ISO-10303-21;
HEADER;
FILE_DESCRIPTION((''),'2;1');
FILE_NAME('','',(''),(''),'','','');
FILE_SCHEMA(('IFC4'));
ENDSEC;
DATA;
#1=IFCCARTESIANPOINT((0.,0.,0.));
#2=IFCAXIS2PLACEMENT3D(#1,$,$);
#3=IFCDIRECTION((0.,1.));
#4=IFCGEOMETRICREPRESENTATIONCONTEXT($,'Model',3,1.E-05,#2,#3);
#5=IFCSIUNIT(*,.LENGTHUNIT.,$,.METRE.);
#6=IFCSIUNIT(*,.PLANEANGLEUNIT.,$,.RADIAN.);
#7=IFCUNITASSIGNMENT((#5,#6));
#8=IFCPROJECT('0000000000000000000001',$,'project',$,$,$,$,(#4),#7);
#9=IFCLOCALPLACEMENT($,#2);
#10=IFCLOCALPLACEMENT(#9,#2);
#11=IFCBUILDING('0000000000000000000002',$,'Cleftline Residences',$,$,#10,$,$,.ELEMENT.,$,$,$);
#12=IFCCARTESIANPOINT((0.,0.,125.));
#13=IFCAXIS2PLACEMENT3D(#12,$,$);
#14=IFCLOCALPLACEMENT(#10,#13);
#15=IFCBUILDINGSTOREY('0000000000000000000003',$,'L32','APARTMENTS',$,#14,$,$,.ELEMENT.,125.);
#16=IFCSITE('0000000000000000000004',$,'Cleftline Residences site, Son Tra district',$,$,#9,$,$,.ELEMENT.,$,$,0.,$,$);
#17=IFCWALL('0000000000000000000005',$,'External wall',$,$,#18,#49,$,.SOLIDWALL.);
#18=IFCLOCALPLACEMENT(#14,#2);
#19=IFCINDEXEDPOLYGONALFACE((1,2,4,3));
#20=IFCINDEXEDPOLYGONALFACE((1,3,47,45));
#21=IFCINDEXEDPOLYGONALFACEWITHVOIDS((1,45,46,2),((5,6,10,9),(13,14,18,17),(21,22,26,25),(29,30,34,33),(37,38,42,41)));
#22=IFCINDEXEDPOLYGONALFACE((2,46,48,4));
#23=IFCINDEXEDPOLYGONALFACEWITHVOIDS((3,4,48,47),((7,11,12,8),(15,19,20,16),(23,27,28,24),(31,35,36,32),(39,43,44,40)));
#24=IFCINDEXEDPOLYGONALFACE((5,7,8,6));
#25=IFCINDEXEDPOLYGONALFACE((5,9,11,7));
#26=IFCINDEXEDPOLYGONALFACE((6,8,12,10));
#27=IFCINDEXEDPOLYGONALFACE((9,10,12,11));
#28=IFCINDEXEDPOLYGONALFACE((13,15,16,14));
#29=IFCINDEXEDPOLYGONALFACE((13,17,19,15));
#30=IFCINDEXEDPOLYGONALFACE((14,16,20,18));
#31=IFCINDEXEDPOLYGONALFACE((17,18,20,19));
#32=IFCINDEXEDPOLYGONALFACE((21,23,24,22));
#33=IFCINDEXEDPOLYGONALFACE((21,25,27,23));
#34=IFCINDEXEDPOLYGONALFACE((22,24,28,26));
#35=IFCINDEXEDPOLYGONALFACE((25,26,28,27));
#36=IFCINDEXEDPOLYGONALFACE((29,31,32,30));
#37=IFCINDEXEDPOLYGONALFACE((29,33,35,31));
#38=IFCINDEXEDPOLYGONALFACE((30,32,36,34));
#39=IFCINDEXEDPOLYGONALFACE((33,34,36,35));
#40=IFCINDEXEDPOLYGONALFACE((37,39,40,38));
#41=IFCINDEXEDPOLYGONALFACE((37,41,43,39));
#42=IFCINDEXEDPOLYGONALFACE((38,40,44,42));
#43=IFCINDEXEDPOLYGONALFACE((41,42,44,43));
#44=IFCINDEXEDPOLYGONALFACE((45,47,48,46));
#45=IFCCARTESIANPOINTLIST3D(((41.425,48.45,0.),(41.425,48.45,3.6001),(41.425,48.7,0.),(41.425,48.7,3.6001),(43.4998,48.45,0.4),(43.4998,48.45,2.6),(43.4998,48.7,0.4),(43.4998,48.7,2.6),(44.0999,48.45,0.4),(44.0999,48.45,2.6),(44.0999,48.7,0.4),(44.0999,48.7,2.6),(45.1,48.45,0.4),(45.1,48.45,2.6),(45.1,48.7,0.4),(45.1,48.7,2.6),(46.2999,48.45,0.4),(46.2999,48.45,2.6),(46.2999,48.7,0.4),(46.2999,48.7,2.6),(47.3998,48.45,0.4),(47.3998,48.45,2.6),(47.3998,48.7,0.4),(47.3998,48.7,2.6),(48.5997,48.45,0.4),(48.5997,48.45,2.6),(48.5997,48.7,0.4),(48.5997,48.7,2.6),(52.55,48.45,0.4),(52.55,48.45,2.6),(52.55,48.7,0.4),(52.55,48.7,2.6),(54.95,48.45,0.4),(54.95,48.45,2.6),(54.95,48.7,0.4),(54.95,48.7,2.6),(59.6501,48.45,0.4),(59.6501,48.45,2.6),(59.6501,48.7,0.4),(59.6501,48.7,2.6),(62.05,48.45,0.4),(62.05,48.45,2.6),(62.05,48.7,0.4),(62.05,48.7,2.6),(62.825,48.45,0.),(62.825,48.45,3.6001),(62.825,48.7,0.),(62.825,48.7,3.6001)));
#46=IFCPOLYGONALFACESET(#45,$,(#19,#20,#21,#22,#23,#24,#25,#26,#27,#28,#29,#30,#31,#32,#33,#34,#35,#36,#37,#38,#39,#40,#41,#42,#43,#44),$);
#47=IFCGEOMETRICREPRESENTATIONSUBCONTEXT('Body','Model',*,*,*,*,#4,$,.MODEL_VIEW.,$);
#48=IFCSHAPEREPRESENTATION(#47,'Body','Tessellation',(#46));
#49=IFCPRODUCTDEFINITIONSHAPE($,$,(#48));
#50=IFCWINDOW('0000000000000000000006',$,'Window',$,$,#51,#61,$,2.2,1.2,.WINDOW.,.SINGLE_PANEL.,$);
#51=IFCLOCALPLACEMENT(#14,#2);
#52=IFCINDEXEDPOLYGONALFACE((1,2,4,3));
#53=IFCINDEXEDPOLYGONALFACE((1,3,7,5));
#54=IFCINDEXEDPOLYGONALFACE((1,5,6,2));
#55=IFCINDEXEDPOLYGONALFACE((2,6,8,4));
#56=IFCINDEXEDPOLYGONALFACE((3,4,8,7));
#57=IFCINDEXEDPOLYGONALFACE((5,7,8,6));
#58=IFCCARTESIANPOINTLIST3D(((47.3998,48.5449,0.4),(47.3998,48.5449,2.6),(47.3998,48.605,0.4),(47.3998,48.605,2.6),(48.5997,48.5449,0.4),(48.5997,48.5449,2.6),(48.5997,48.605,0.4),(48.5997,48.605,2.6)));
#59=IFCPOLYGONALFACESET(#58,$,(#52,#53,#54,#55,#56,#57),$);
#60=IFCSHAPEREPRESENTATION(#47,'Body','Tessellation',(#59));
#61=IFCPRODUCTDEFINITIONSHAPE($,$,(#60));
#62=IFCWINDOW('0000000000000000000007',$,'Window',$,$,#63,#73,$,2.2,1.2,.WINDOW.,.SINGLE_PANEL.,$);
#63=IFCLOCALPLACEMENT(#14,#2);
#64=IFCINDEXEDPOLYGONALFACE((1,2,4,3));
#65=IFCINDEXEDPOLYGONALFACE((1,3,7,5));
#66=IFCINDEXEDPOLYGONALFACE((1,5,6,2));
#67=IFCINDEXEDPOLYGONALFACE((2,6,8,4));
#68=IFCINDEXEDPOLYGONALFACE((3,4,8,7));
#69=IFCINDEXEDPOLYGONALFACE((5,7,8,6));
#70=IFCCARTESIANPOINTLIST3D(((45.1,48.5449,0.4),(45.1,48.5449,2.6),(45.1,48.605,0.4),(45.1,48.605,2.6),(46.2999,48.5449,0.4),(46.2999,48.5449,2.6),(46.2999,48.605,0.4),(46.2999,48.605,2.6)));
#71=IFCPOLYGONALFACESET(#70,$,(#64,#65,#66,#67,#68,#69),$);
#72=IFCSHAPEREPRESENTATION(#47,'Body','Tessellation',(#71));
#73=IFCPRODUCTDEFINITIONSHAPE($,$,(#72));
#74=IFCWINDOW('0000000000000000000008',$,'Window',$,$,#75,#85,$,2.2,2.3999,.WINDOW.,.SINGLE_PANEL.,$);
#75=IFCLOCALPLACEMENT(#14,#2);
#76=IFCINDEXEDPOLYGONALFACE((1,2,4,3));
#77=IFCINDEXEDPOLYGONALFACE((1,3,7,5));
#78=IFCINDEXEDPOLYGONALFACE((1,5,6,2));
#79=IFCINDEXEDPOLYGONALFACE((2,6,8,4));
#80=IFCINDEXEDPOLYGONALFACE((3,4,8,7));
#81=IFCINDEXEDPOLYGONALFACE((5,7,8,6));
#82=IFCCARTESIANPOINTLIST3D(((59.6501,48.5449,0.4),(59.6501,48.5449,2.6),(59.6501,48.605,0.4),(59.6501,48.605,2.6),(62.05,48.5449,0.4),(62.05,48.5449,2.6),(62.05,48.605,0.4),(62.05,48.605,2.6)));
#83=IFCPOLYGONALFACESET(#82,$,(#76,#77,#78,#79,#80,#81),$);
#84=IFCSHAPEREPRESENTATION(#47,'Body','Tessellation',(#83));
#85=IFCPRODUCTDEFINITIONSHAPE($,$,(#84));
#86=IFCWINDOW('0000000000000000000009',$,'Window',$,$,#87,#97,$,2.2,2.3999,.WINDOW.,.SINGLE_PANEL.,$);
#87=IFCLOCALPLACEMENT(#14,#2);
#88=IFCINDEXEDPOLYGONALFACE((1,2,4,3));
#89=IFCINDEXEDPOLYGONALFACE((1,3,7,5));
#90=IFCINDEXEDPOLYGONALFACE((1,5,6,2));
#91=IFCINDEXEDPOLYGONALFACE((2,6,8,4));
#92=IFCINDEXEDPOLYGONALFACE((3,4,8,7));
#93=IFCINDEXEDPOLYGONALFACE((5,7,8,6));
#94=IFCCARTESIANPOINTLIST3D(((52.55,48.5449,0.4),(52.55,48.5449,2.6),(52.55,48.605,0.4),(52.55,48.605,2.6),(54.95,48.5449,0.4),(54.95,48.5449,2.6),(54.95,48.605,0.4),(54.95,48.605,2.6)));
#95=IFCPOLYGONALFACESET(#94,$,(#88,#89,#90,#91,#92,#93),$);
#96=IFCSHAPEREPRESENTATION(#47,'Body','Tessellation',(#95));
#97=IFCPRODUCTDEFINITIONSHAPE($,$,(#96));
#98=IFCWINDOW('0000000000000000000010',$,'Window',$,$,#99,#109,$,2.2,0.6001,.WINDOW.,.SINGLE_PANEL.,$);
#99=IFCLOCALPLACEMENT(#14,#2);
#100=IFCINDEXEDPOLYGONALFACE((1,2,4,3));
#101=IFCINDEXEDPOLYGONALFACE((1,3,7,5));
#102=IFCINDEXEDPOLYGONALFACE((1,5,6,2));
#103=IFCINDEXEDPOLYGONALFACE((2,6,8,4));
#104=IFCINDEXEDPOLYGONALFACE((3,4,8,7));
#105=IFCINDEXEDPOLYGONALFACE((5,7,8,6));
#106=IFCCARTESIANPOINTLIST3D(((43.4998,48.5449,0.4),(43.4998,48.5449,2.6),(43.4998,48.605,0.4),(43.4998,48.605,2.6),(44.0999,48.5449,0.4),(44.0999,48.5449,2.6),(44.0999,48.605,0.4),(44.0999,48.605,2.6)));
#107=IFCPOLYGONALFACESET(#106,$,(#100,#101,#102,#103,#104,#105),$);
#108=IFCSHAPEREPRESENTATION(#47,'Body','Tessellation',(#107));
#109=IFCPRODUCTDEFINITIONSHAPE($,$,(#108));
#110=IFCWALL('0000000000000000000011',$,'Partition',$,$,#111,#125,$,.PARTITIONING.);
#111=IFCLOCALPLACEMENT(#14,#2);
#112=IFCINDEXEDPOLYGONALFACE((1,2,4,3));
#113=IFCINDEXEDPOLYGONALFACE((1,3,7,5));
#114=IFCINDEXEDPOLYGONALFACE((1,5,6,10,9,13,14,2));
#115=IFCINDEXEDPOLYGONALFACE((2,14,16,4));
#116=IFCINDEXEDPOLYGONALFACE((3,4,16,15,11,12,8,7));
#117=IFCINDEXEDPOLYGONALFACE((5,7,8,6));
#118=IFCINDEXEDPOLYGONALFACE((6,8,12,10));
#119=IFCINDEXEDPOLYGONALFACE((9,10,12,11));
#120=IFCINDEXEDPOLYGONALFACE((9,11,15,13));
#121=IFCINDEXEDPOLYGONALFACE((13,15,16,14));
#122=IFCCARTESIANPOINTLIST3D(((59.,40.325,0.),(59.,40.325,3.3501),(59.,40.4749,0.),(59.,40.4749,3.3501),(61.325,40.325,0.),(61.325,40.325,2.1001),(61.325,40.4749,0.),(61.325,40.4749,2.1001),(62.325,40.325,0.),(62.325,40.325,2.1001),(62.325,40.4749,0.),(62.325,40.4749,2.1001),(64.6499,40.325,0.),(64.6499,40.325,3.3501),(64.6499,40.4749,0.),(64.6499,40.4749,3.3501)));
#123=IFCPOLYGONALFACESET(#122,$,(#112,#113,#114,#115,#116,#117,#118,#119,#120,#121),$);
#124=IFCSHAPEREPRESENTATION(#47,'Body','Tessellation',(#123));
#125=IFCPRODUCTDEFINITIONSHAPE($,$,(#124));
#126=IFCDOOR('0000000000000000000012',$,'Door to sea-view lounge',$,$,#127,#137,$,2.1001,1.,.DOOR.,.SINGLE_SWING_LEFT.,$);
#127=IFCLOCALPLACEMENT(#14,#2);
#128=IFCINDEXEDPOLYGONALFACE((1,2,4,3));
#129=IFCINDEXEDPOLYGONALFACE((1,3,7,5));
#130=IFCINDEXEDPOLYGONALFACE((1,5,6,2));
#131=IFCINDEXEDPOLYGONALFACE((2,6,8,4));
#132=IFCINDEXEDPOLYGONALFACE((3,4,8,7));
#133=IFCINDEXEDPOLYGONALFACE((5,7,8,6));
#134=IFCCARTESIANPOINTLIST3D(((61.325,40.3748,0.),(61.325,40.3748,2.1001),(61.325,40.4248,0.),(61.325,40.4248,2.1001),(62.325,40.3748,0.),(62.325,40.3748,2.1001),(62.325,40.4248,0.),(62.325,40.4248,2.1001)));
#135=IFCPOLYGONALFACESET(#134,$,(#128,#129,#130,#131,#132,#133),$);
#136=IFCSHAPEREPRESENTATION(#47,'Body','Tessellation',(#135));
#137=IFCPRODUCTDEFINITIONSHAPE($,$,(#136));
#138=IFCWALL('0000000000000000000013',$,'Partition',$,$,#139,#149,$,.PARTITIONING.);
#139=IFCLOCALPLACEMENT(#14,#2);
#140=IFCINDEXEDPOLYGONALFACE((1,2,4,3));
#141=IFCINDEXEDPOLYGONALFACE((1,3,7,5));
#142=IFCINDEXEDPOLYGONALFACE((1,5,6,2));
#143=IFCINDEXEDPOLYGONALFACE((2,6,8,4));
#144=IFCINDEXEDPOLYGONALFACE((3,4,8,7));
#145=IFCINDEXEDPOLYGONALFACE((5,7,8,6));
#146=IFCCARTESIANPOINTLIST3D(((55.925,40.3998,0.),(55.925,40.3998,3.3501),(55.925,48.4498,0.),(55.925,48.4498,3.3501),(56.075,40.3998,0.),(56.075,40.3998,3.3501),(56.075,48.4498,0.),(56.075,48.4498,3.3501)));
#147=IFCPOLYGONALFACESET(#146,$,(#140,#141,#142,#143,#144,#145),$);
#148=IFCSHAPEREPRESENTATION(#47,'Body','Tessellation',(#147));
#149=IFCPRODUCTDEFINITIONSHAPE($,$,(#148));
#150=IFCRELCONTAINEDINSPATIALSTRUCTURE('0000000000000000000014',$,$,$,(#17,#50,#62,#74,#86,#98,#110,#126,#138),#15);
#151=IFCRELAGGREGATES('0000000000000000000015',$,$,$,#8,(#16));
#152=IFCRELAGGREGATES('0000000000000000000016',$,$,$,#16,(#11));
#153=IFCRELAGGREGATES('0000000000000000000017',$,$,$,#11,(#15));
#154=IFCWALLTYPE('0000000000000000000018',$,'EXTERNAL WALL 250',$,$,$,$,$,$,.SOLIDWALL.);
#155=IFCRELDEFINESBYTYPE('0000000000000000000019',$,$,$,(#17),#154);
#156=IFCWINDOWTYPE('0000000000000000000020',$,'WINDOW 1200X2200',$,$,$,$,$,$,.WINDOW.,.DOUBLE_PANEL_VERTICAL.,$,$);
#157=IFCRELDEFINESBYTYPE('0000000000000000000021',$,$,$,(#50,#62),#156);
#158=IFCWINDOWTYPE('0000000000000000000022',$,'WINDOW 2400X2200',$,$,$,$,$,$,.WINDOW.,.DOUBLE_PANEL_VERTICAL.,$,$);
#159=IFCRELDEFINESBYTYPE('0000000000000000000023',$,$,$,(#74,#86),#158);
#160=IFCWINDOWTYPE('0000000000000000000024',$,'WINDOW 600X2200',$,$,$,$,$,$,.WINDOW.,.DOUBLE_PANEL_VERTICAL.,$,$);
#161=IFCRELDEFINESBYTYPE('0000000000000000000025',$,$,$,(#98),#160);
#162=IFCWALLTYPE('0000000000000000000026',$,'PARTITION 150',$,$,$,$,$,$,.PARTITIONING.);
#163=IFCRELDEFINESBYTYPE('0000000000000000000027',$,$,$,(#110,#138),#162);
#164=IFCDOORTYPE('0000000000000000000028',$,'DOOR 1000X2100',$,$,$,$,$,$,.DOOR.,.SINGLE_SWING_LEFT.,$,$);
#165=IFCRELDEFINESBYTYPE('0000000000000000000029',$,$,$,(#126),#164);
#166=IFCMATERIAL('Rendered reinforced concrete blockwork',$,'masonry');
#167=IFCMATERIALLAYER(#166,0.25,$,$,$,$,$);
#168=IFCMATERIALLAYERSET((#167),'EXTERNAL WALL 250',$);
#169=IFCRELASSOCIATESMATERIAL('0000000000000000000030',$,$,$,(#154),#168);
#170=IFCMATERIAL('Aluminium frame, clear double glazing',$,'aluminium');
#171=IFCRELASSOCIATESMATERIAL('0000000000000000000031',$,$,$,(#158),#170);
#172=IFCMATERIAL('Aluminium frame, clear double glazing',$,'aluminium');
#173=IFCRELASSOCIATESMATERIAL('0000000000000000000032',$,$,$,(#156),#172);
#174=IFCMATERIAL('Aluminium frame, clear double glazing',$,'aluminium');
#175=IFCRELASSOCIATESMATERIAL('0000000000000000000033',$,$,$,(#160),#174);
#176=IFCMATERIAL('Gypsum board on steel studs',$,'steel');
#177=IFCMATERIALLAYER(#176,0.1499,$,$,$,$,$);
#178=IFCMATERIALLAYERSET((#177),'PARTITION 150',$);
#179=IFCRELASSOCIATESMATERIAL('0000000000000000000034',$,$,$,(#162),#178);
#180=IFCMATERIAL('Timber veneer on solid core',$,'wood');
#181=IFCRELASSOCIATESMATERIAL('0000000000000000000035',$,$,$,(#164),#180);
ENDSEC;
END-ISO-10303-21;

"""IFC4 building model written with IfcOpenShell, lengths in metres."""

from ifc_helpers import new_model, si_unit, direction, frame, frame_2d, origin, place, context, subcontext, project, spatial, rectangle, extrude, material, layer, layer_set, type_object, element, fill, save


model = new_model("IFC4")

# Units and contexts
model_context = context("Model", 3, precision=1e-05, world=origin(), true_north=direction((0.0, 1.0)))
body_context = subcontext(model_context, "Body", "Model", "MODEL_VIEW")
ifc_project = project(units=[si_unit("LENGTHUNIT", "METRE"), si_unit("PLANEANGLEUNIT", "RADIAN")], contexts=[model_context])

# Site, building, storey
site_placement = place(None, origin())
site = spatial("IfcSite", under=ifc_project, at=site_placement, Name="Cleftline Residences site, Son Tra district", CompositionType="ELEMENT", RefElevation=0.0)
building_placement = place(site_placement, origin())
building = spatial("IfcBuilding", under=site, at=building_placement, Name="Cleftline Residences", CompositionType="ELEMENT")
storey_placement = place(building_placement, frame((0.0, 0.0, 125.0)))
storey = spatial("IfcBuildingStorey", under=building, at=storey_placement, Name="L32", Description="APARTMENTS", CompositionType="ELEMENT", Elevation=125.0)

# Shared definitions
ifc_material_1 = material(Name="Rendered reinforced concrete blockwork", Category="masonry")
ifc_layer_1 = layer(ifc_material_1, 0.25)
ifc_layer_set_1 = layer_set([ifc_layer_1], Name="EXTERNAL WALL 250")
wall_type_1 = type_object("IfcWallType", Name="EXTERNAL WALL 250", PredefinedType="SOLIDWALL", material=ifc_layer_set_1)
ifc_material_2 = material(Name="Aluminium frame, clear double glazing", Category="aluminium")
window_type_1 = type_object("IfcWindowType", Name="WINDOW 2400X2200", PartitioningType="DOUBLE_PANEL_VERTICAL", PredefinedType="WINDOW", material=ifc_material_2)

# Wall, openings, windows
wall_1_placement = place(storey_placement, frame((62.825, 48.575, 0.0), z_axis=(0.0, 0.0, 1.0), x_axis=(-1.0, 0.0, 0.0)))
wall_1 = element("IfcWall", 1, at=wall_1_placement, inside=storey, type_object=wall_type_1, Name="External wall", PredefinedType="SOLIDWALL", context=body_context, shape_type="SweptSolid", body=[
    extrude(rectangle(XDim=21.3999, YDim=0.25, at=frame_2d((10.7, 0.0))), origin(), (0.0, 0.0, 1.0), 3.6001),
])
opening_1_placement = place(wall_1_placement, frame((0.7749, 0.0, 0.3999)))
opening_1 = element("IfcOpeningElement", 2, at=opening_1_placement, cuts=wall_1, PredefinedType="OPENING", context=body_context, shape_type="SweptSolid", body=[
    extrude(rectangle(XDim=2.3999, YDim=2.2, at=frame_2d((1.2, 1.1001))), frame((0.0, 0.135, 0.0), z_axis=(0.0, -1.0, 0.0), x_axis=(1.0, 0.0, 0.0)), (0.0, 0.0, 1.0), 0.27),
])
opening_2_placement = place(wall_1_placement, frame((7.875, 0.0, 0.3999)))
opening_2 = element("IfcOpeningElement", 3, at=opening_2_placement, cuts=wall_1, PredefinedType="OPENING", context=body_context, shape_type="SweptSolid", body=[
    extrude(rectangle(XDim=2.3999, YDim=2.2, at=frame_2d((1.2, 1.1001))), frame((0.0, 0.135, 0.0), z_axis=(0.0, -1.0, 0.0), x_axis=(1.0, 0.0, 0.0)), (0.0, 0.0, 1.0), 0.27),
])
opening_3_placement = place(wall_1_placement, frame((14.2251, 0.0, 0.3999)))
opening_3 = element("IfcOpeningElement", 4, at=opening_3_placement, cuts=wall_1, PredefinedType="OPENING", context=body_context, shape_type="SweptSolid", body=[
    extrude(rectangle(XDim=1.2, YDim=2.2, at=frame_2d((0.6001, 1.1001))), frame((0.0, 0.135, 0.0), z_axis=(0.0, -1.0, 0.0), x_axis=(1.0, 0.0, 0.0)), (0.0, 0.0, 1.0), 0.27),
])
opening_4_placement = place(wall_1_placement, frame((16.5249, 0.0, 0.3999)))
opening_4 = element("IfcOpeningElement", 5, at=opening_4_placement, cuts=wall_1, PredefinedType="OPENING", context=body_context, shape_type="SweptSolid", body=[
    extrude(rectangle(XDim=1.2, YDim=2.2, at=frame_2d((0.6001, 1.1001))), frame((0.0, 0.135, 0.0), z_axis=(0.0, -1.0, 0.0), x_axis=(1.0, 0.0, 0.0)), (0.0, 0.0, 1.0), 0.27),
])
opening_5_placement = place(wall_1_placement, frame((18.7251, 0.0, 0.3999)))
opening_5 = element("IfcOpeningElement", 6, at=opening_5_placement, cuts=wall_1, PredefinedType="OPENING", context=body_context, shape_type="SweptSolid", body=[
    extrude(rectangle(XDim=0.6001, YDim=2.2, at=frame_2d((0.3, 1.1001))), frame((0.0, 0.135, 0.0), z_axis=(0.0, -1.0, 0.0), x_axis=(1.0, 0.0, 0.0)), (0.0, 0.0, 1.0), 0.27),
])
ifc_material_3 = material(Name="Aluminium frame, clear double glazing", Category="aluminium")
window_type_2 = type_object("IfcWindowType", Name="WINDOW 1200X2200", PartitioningType="DOUBLE_PANEL_VERTICAL", PredefinedType="WINDOW", material=ifc_material_3)
window_1_placement = place(opening_3_placement, origin())
window_1 = element("IfcWindow", 7, at=window_1_placement, inside=storey, type_object=window_type_2, Name="Window", OverallHeight=2.2, OverallWidth=1.2, PartitioningType="SINGLE_PANEL", PredefinedType="WINDOW", context=body_context, shape_type="SweptSolid", body=[
    extrude(rectangle(XDim=1.2, YDim=2.2, at=frame_2d((0.6001, 1.1001))), frame((0.0, 0.03, 0.0), z_axis=(0.0, -1.0, 0.0), x_axis=(1.0, 0.0, 0.0)), (0.0, 0.0, 1.0), 0.0601),
])
fill(opening_3, window_1)
window_2_placement = place(opening_4_placement, origin())
window_2 = element("IfcWindow", 8, at=window_2_placement, inside=storey, type_object=window_type_2, Name="Window", OverallHeight=2.2, OverallWidth=1.2, PartitioningType="SINGLE_PANEL", PredefinedType="WINDOW", context=body_context, shape_type="SweptSolid", body=[
    extrude(rectangle(XDim=1.2, YDim=2.2, at=frame_2d((0.6001, 1.1001))), frame((0.0, 0.03, 0.0), z_axis=(0.0, -1.0, 0.0), x_axis=(1.0, 0.0, 0.0)), (0.0, 0.0, 1.0), 0.0601),
])
fill(opening_4, window_2)
window_3_placement = place(opening_1_placement, origin())
window_3 = element("IfcWindow", 9, at=window_3_placement, inside=storey, type_object=window_type_1, Name="Window", OverallHeight=2.2, OverallWidth=2.3999, PartitioningType="SINGLE_PANEL", PredefinedType="WINDOW", context=body_context, shape_type="SweptSolid", body=[
    extrude(rectangle(XDim=2.3999, YDim=2.2, at=frame_2d((1.2, 1.1001))), frame((0.0, 0.03, 0.0), z_axis=(0.0, -1.0, 0.0), x_axis=(1.0, 0.0, 0.0)), (0.0, 0.0, 1.0), 0.0601),
])
fill(opening_1, window_3)
window_4_placement = place(opening_2_placement, origin())
window_4 = element("IfcWindow", 10, at=window_4_placement, inside=storey, type_object=window_type_1, Name="Window", OverallHeight=2.2, OverallWidth=2.3999, PartitioningType="SINGLE_PANEL", PredefinedType="WINDOW", context=body_context, shape_type="SweptSolid", body=[
    extrude(rectangle(XDim=2.3999, YDim=2.2, at=frame_2d((1.2, 1.1001))), frame((0.0, 0.03, 0.0), z_axis=(0.0, -1.0, 0.0), x_axis=(1.0, 0.0, 0.0)), (0.0, 0.0, 1.0), 0.0601),
])
fill(opening_2, window_4)
ifc_material_4 = material(Name="Aluminium frame, clear double glazing", Category="aluminium")
window_type_3 = type_object("IfcWindowType", Name="WINDOW 600X2200", PartitioningType="DOUBLE_PANEL_VERTICAL", PredefinedType="WINDOW", material=ifc_material_4)
window_5_placement = place(opening_5_placement, origin())
window_5 = element("IfcWindow", 11, at=window_5_placement, inside=storey, type_object=window_type_3, Name="Window", OverallHeight=2.2, OverallWidth=0.6001, PartitioningType="SINGLE_PANEL", PredefinedType="WINDOW", context=body_context, shape_type="SweptSolid", body=[
    extrude(rectangle(XDim=0.6001, YDim=2.2, at=frame_2d((0.3, 1.1001))), frame((0.0, 0.03, 0.0), z_axis=(0.0, -1.0, 0.0), x_axis=(1.0, 0.0, 0.0)), (0.0, 0.0, 1.0), 0.0601),
])
fill(opening_5, window_5)

# Wall, opening, door
ifc_material_5 = material(Name="Gypsum board on steel studs", Category="steel")
ifc_layer_2 = layer(ifc_material_5, 0.1499)
ifc_layer_set_2 = layer_set([ifc_layer_2], Name="PARTITION 150")
wall_type_2 = type_object("IfcWallType", Name="PARTITION 150", PredefinedType="PARTITIONING", material=ifc_layer_set_2)
wall_2_placement = place(storey_placement, frame((59.0, 40.3999, 0.0), z_axis=(0.0, 0.0, 1.0), x_axis=(1.0, 0.0, 0.0)))
wall_2 = element("IfcWall", 12, at=wall_2_placement, inside=storey, type_object=wall_type_2, Name="Partition", PredefinedType="PARTITIONING", context=body_context, shape_type="SweptSolid", body=[
    extrude(rectangle(XDim=5.6499, YDim=0.1499, at=frame_2d((2.825, 0.0))), origin(), (0.0, 0.0, 1.0), 3.3501),
])
opening_6_placement = place(wall_2_placement, frame((2.325, 0.0, 0.0)))
opening_6 = element("IfcOpeningElement", 13, at=opening_6_placement, cuts=wall_2, PredefinedType="OPENING", context=body_context, shape_type="SweptSolid", body=[
    extrude(rectangle(XDim=1.0, YDim=2.1001, at=frame_2d((0.5, 1.05))), frame((0.0, 0.085, 0.0), z_axis=(0.0, -1.0, 0.0), x_axis=(1.0, 0.0, 0.0)), (0.0, 0.0, 1.0), 0.1699),
])
ifc_material_6 = material(Name="Timber veneer on solid core", Category="wood")
door_type = type_object("IfcDoorType", Name="DOOR 1000X2100", OperationType="SINGLE_SWING_LEFT", PredefinedType="DOOR", material=ifc_material_6)
door_placement = place(opening_6_placement, origin())
door = element("IfcDoor", 14, at=door_placement, inside=storey, type_object=door_type, Name="Door to sea-view lounge", OperationType="SINGLE_SWING_LEFT", OverallHeight=2.1001, OverallWidth=1.0, PredefinedType="DOOR", context=body_context, shape_type="SweptSolid", body=[
    extrude(rectangle(XDim=1.0, YDim=2.1001, at=frame_2d((0.5, 1.05))), frame((0.0, 0.0249, 0.0), z_axis=(0.0, -1.0, 0.0), x_axis=(1.0, 0.0, 0.0)), (0.0, 0.0, 1.0), 0.05),
])
fill(opening_6, door)

# Wall
wall_3_placement = place(storey_placement, frame((56.0, 40.3999, 0.0), z_axis=(0.0, 0.0, 1.0), x_axis=(0.0, 1.0, 0.0)))
element("IfcWall", 15, at=wall_3_placement, inside=storey, type_object=wall_type_2, Name="Partition", PredefinedType="PARTITIONING", context=body_context, shape_type="SweptSolid", body=[
    extrude(rectangle(XDim=8.05, YDim=0.1499, at=frame_2d((4.0249, 0.0))), origin(), (0.0, 0.0, 1.0), 3.3501),
])

save(model, "model.ifc")
